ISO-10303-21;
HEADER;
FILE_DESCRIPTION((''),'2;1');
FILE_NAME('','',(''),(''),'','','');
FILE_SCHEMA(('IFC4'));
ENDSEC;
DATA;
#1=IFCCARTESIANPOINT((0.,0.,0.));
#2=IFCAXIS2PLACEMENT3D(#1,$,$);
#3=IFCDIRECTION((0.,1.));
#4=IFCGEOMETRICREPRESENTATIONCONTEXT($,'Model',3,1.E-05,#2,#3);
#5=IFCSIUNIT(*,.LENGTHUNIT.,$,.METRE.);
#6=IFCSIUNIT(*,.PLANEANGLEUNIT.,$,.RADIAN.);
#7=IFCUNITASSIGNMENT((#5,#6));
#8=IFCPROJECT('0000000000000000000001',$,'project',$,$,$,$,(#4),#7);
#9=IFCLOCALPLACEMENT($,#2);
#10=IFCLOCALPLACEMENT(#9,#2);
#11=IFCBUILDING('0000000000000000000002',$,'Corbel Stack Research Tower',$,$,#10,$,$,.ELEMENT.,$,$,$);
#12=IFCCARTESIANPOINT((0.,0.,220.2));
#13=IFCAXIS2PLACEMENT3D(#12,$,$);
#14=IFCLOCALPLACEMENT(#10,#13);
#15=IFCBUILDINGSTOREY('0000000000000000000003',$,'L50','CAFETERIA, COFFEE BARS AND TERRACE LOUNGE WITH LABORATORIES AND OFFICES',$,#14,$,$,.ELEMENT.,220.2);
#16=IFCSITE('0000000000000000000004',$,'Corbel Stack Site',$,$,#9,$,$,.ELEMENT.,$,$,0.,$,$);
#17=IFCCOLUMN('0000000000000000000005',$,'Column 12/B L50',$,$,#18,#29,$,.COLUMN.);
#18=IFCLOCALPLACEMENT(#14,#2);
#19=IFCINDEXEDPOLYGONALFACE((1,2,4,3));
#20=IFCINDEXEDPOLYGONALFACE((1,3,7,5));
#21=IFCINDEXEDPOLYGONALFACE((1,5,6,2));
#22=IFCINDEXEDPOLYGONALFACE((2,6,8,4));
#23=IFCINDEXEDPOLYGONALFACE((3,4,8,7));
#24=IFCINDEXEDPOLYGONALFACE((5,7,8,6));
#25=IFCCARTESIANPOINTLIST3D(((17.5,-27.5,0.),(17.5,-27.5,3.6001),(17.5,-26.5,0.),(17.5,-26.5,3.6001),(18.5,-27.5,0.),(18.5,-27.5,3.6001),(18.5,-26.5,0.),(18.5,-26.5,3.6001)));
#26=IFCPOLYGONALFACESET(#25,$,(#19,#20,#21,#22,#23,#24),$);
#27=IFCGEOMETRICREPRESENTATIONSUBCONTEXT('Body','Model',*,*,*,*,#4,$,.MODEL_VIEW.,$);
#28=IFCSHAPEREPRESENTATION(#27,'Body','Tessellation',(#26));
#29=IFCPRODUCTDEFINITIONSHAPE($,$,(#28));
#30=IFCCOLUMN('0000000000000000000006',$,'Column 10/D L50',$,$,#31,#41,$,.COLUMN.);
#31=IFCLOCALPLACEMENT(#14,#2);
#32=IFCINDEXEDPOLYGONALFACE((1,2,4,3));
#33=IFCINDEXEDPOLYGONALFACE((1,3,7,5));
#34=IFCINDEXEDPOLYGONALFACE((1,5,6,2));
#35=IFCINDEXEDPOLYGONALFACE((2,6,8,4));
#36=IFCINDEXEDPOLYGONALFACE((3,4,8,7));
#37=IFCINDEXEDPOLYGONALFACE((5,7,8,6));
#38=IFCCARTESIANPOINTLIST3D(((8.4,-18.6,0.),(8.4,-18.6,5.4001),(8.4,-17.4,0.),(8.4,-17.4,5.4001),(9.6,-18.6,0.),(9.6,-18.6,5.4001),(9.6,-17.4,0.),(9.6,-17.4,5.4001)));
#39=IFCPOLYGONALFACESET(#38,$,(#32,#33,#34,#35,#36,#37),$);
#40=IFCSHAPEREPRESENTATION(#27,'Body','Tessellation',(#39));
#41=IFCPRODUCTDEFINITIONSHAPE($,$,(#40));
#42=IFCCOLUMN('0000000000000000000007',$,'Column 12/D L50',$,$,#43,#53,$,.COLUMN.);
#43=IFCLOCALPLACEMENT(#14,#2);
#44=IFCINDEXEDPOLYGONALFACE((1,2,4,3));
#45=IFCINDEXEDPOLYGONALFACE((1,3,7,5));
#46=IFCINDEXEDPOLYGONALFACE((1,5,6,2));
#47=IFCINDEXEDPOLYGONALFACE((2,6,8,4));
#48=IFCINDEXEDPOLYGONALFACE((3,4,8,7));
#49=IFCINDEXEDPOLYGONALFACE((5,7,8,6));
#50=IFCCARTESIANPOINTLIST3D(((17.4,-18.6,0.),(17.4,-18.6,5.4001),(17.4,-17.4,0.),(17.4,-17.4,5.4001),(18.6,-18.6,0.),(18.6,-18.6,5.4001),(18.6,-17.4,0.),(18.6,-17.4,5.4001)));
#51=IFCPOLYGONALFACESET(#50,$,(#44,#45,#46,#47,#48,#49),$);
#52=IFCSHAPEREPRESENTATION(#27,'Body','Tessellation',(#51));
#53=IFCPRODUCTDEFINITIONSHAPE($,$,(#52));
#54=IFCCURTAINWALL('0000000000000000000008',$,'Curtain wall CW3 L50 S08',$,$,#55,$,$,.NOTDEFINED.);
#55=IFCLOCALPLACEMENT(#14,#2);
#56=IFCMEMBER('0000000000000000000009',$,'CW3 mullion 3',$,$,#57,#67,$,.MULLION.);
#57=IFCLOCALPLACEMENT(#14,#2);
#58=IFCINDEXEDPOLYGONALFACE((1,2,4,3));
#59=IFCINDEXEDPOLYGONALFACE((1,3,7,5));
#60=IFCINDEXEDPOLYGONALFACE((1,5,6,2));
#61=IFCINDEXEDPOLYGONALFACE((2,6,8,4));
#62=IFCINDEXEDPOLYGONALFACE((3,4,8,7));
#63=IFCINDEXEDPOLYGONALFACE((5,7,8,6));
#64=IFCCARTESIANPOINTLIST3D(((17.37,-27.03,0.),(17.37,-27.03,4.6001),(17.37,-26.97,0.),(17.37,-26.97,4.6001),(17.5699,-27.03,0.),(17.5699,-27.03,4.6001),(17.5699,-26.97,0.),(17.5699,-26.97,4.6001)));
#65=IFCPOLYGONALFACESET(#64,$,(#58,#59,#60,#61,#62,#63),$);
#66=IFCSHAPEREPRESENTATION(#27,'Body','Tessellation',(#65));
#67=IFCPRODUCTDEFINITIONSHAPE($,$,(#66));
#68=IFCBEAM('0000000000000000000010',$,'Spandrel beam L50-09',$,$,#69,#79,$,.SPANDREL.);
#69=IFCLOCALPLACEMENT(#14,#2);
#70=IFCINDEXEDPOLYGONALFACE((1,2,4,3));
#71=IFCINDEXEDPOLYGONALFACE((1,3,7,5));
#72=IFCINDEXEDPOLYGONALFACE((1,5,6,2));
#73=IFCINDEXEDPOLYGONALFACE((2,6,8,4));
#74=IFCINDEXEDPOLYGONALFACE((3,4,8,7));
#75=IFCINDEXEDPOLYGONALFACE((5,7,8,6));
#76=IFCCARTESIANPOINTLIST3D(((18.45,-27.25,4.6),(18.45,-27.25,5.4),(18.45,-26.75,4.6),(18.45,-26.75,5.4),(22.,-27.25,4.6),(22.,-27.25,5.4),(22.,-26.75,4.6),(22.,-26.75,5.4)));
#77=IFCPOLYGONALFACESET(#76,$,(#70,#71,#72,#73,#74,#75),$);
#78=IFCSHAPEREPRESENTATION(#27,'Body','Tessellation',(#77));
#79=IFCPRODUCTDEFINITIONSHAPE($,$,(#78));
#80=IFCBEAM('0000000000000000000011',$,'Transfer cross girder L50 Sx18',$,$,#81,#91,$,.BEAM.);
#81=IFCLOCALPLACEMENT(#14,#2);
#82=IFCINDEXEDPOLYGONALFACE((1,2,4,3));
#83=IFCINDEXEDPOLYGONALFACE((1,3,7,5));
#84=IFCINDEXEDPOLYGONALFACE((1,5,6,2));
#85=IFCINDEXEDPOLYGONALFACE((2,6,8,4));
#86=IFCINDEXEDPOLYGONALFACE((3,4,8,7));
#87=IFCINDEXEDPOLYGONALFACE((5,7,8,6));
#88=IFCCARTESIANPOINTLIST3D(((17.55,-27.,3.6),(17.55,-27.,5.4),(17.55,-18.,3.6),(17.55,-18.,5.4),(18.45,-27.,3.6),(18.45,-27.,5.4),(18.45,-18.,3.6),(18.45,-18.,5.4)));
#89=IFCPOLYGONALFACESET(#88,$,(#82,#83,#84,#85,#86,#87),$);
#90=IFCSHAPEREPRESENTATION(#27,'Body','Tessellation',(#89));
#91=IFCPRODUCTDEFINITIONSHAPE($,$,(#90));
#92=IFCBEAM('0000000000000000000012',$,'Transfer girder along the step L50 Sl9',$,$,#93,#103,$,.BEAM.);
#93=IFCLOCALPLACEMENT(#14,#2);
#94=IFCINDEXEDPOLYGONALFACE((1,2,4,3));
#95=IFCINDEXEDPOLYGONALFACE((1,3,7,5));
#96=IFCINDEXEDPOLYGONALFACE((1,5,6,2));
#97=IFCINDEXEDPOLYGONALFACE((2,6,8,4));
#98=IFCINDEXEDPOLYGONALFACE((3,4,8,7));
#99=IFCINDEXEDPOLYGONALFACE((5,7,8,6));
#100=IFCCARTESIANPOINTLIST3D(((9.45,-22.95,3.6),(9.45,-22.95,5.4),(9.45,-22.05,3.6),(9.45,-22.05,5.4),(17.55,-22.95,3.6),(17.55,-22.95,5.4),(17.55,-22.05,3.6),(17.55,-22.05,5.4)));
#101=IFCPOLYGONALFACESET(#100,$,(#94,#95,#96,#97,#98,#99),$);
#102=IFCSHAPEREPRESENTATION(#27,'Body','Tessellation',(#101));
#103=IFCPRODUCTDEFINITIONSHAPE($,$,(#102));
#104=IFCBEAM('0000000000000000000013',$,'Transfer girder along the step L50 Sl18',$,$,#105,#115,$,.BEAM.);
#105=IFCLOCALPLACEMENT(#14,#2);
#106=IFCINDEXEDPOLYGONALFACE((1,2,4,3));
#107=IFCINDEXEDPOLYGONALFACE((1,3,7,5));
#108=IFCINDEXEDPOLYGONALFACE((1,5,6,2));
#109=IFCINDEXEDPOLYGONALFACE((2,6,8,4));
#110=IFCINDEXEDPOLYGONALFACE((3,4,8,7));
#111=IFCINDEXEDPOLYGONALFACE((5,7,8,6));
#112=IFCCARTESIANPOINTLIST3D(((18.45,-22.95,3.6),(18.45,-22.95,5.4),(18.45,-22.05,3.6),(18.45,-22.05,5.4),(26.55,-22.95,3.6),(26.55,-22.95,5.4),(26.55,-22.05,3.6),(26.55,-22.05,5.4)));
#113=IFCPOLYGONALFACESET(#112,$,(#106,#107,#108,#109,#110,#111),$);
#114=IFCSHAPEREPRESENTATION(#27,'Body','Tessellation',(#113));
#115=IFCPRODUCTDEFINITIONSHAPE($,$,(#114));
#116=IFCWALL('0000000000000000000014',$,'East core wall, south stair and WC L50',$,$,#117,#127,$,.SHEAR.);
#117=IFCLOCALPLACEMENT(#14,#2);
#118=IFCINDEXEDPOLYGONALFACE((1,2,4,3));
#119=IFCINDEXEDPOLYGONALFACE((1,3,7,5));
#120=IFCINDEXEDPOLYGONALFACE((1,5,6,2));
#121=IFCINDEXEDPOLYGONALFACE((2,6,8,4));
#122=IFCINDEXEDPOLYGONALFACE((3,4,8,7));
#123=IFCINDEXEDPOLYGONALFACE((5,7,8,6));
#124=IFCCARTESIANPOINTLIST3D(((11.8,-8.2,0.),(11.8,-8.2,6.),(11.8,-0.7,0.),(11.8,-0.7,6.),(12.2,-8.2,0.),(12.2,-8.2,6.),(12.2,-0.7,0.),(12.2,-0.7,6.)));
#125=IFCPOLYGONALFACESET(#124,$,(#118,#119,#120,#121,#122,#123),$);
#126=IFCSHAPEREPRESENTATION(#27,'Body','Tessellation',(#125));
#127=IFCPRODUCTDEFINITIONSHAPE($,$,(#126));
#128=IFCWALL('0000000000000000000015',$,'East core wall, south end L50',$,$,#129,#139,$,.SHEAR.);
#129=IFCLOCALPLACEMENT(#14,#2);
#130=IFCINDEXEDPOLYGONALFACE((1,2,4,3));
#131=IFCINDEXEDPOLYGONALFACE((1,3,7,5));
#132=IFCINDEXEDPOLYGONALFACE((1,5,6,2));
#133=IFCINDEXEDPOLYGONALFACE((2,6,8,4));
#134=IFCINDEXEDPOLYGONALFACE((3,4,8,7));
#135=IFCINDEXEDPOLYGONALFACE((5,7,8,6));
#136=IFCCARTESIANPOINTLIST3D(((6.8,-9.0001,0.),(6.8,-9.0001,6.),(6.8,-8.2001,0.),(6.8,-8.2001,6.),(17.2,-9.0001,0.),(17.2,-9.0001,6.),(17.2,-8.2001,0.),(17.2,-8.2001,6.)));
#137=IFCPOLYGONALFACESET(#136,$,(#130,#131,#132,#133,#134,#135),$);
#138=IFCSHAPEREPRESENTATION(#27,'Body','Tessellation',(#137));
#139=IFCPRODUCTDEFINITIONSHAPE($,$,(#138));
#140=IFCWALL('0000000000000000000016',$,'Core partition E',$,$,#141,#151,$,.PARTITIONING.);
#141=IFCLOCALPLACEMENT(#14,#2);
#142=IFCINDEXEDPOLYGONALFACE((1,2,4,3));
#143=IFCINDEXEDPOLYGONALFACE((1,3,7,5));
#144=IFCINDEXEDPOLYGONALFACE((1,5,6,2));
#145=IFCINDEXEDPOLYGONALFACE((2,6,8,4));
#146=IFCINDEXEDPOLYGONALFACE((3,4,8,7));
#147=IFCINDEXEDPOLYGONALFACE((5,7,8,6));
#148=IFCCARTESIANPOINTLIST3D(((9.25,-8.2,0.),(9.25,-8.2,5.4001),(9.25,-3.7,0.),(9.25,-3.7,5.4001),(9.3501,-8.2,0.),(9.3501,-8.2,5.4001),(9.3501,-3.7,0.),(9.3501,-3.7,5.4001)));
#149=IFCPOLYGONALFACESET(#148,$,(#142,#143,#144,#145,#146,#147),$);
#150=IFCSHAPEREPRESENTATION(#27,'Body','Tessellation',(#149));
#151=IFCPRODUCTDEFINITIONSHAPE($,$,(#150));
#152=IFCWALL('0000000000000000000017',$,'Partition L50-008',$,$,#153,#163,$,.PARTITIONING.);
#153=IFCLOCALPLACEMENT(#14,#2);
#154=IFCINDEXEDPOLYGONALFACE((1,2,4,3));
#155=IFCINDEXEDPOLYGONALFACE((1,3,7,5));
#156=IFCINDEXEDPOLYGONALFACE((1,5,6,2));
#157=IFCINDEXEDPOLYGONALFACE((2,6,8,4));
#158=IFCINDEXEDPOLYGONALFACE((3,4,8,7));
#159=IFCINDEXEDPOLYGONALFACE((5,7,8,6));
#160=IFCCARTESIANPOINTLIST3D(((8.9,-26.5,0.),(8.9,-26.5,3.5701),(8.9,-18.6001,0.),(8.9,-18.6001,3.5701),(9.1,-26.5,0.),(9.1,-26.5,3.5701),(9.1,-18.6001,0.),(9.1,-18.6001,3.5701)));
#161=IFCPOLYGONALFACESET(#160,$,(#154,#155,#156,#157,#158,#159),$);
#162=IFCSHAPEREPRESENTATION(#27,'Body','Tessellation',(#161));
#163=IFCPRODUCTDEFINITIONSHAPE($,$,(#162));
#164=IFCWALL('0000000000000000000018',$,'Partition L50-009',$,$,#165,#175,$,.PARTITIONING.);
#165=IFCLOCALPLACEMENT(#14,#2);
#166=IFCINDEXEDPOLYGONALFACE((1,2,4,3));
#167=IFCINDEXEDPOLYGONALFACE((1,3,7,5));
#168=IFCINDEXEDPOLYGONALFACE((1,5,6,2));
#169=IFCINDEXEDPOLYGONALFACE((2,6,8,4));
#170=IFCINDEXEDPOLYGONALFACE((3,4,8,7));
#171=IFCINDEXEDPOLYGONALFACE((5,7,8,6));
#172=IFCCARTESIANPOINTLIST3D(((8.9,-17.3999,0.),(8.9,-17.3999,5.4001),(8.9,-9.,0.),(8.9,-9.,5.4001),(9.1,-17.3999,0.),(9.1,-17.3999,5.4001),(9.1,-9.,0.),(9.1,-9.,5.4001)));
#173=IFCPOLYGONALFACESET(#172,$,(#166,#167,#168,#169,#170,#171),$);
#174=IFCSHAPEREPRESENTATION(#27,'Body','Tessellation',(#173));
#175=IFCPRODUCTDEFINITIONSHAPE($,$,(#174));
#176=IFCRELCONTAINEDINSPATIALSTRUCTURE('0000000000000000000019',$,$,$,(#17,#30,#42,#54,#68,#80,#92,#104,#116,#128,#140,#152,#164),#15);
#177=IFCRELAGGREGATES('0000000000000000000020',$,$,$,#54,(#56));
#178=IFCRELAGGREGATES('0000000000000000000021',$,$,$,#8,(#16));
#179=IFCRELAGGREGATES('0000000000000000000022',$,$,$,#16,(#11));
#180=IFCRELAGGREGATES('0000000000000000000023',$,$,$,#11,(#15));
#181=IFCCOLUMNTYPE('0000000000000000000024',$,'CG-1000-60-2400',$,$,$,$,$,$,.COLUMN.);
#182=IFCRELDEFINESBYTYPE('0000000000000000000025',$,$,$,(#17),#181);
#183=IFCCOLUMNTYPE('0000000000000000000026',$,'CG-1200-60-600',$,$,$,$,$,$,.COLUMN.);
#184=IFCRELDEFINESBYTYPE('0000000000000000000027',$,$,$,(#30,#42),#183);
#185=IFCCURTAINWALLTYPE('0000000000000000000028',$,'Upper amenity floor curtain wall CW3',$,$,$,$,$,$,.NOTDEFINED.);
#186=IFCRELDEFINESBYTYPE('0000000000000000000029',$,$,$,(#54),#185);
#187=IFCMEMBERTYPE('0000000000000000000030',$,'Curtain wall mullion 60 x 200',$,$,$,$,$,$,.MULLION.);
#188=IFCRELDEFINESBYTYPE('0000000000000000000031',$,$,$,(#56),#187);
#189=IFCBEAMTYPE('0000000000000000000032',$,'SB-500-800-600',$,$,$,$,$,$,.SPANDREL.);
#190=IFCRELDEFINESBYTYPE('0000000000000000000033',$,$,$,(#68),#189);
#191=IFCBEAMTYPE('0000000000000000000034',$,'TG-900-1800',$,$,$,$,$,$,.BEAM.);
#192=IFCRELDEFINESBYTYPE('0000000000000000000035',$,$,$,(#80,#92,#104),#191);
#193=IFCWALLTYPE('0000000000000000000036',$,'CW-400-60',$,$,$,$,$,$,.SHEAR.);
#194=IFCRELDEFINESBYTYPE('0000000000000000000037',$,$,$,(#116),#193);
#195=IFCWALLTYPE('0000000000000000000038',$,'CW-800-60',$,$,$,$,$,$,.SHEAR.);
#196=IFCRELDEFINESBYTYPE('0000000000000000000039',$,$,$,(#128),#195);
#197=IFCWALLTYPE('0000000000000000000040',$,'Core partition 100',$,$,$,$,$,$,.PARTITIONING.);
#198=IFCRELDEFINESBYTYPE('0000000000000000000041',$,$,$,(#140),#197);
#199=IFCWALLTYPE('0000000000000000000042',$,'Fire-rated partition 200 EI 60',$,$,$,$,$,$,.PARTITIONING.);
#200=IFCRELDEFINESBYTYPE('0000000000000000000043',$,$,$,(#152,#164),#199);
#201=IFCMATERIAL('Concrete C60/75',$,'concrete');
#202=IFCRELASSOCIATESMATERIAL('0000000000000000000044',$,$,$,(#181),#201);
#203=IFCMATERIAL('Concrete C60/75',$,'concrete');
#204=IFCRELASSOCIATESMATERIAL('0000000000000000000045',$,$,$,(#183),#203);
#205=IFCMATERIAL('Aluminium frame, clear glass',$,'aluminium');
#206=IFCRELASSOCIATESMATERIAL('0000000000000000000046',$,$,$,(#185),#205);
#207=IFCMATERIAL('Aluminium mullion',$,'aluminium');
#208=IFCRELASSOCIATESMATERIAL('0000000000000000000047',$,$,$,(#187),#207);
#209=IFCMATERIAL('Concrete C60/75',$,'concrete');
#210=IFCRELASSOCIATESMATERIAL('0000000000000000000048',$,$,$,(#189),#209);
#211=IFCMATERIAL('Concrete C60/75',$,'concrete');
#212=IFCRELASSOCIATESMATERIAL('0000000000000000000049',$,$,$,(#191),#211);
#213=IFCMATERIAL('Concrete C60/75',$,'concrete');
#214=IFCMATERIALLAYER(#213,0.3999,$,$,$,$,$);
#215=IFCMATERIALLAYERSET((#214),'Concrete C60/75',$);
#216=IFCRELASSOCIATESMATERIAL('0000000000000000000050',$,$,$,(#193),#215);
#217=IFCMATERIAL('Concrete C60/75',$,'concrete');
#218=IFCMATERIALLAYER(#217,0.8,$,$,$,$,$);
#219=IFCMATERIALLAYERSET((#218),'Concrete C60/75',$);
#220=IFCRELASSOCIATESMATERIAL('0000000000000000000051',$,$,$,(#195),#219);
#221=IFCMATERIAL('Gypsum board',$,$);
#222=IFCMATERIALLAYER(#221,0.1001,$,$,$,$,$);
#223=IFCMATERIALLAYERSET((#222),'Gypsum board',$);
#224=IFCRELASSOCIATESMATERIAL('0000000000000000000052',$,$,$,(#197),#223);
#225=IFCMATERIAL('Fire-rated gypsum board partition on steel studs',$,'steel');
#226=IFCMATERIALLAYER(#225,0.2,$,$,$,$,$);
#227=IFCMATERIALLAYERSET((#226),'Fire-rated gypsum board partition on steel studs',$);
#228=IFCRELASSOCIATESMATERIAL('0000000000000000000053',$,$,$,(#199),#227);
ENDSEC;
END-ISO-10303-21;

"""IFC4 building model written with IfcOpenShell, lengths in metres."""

from ifc_helpers import new_model, si_unit, direction, frame, frame_2d, origin, origin_2d, place, context, subcontext, project, spatial, rectangle, extrude, material, layer, layer_set, material_profile, profile_set, type_object, element, aggregate, save


model = new_model("IFC4")

# Units and contexts
model_context = context("Model", 3, precision=1e-05, world=origin(), true_north=direction((0.0, 1.0)))
body_context = subcontext(model_context, "Body", "Model", "MODEL_VIEW")
ifc_project = project(units=[si_unit("LENGTHUNIT", "METRE"), si_unit("PLANEANGLEUNIT", "RADIAN")], contexts=[model_context])

# Site, building, storey
site_placement = place(None, origin())
site = spatial("IfcSite", under=ifc_project, at=site_placement, Name="Corbel Stack Site", CompositionType="ELEMENT", RefElevation=0.0)
building_placement = place(site_placement, origin())
building = spatial("IfcBuilding", under=site, at=building_placement, Name="Corbel Stack Research Tower", CompositionType="ELEMENT")
storey_placement = place(building_placement, frame((0.0, 0.0, 220.2)))
storey = spatial("IfcBuildingStorey", under=building, at=storey_placement, Name="L50", Description="CAFETERIA, COFFEE BARS AND TERRACE LOUNGE WITH LABORATORIES AND OFFICES", CompositionType="ELEMENT", Elevation=220.2)

# Columns
ifc_material_1 = material(Name="Concrete C60/75", Category="concrete")
ifc_material_profile_1 = material_profile(ifc_material_1, rectangle(XDim=1.0, YDim=1.0, at=origin_2d()), Name="RC 1000 x 1000")
ifc_profile_set_1 = profile_set([ifc_material_profile_1], Name="Concrete C60/75")
column_type_1 = type_object("IfcColumnType", Name="CG-1000-60-2400", PredefinedType="COLUMN", material=ifc_profile_set_1)
column_placement = place(storey_placement, frame((18.0, -27.0, 0.0), z_axis=(0.0, 0.0, 1.0), x_axis=(1.0, 0.0, 0.0)))
element("IfcColumn", 1, at=column_placement, inside=storey, type_object=column_type_1, Name="Column 12/B L50", PredefinedType="COLUMN", context=body_context, shape_type="SweptSolid", body=[
    extrude(rectangle(XDim=1.0, YDim=1.0, at=origin_2d()), origin(), (0.0, 0.0, 1.0), 3.6001),
])
ifc_material_2 = material(Name="Concrete C60/75", Category="concrete")
ifc_material_profile_2 = material_profile(ifc_material_2, rectangle(XDim=1.2, YDim=1.2, at=origin_2d()), Name="RC 1200 x 1200")
ifc_profile_set_2 = profile_set([ifc_material_profile_2], Name="Concrete C60/75")
column_type_2 = type_object("IfcColumnType", Name="CG-1200-60-600", PredefinedType="COLUMN", material=ifc_profile_set_2)
for number, where, z_axis, x_axis, name in (
    (2, (9.0, -18.0, 0.0), (0.0, 0.0, 1.0), (1.0, 0.0, 0.0), "Column 10/D L50"),
    (3, (18.0, -18.0, 0.0), (0.0, 0.0, 1.0), (1.0, 0.0, 0.0), "Column 12/D L50"),
):
    element("IfcColumn", number, at=place(storey_placement, frame(where, z_axis=z_axis, x_axis=x_axis)), inside=storey, type_object=column_type_2, Name=name, PredefinedType="COLUMN", context=body_context, shape_type="SweptSolid", body=[
        extrude(rectangle(XDim=1.2, YDim=1.2, at=origin_2d()), origin(), (0.0, 0.0, 1.0), 5.4001),
    ])

# Curtain wall, member
ifc_material_3 = material(Name="Aluminium frame, clear glass", Category="aluminium")
curtain_wall_type = type_object("IfcCurtainWallType", Name="Upper amenity floor curtain wall CW3", PredefinedType="NOTDEFINED", material=ifc_material_3)
curtain_wall_placement = place(storey_placement, origin())
curtain_wall = element("IfcCurtainWall", 4, at=curtain_wall_placement, inside=storey, type_object=curtain_wall_type, Name="Curtain wall CW3 L50 S08", PredefinedType="NOTDEFINED")
ifc_material_4 = material(Name="Aluminium mullion", Category="aluminium")
ifc_material_profile_3 = material_profile(ifc_material_4, rectangle(XDim=0.0601, YDim=0.2, at=origin_2d()), Name="Mullion 60 x 200")
ifc_profile_set_3 = profile_set([ifc_material_profile_3], Name="Aluminium mullion")
member_type = type_object("IfcMemberType", Name="Curtain wall mullion 60 x 200", PredefinedType="MULLION", material=ifc_profile_set_3)
member_placement = place(storey_placement, frame((17.47, -27.0, 0.0), z_axis=(0.0, 0.0, 1.0), x_axis=(0.0, 1.0, 0.0)))
member = element("IfcMember", 5, at=member_placement, type_object=member_type, Name="CW3 mullion 3", PredefinedType="MULLION", context=body_context, shape_type="SweptSolid", body=[
    extrude(rectangle(XDim=0.0601, YDim=0.2, at=origin_2d()), origin(), (0.0, 0.0, 1.0), 4.6001),
])
aggregate(curtain_wall, [member])

# Beams
ifc_material_5 = material(Name="Concrete C60/75", Category="concrete")
ifc_material_profile_4 = material_profile(ifc_material_5, rectangle(XDim=0.5, YDim=0.8, at=origin_2d()), Name="RC 500 x 800")
ifc_profile_set_4 = profile_set([ifc_material_profile_4], Name="Concrete C60/75")
beam_type_1 = type_object("IfcBeamType", Name="SB-500-800-600", PredefinedType="SPANDREL", material=ifc_profile_set_4)
beam_1_placement = place(storey_placement, frame((18.45, -27.0, 5.0), z_axis=(1.0, 0.0, 0.0), x_axis=(0.0, 1.0, 0.0)))
element("IfcBeam", 6, at=beam_1_placement, inside=storey, type_object=beam_type_1, Name="Spandrel beam L50-09", PredefinedType="SPANDREL", context=body_context, shape_type="SweptSolid", body=[
    extrude(rectangle(XDim=0.5, YDim=0.8, at=origin_2d()), origin(), (0.0, 0.0, 1.0), 3.55),
])
ifc_material_6 = material(Name="Concrete C60/75", Category="concrete")
ifc_material_profile_5 = material_profile(ifc_material_6, rectangle(XDim=0.8999, YDim=1.8, at=origin_2d()), Name="RC 900 x 1800")
ifc_profile_set_5 = profile_set([ifc_material_profile_5], Name="Concrete C60/75")
beam_type_2 = type_object("IfcBeamType", Name="TG-900-1800", PredefinedType="BEAM", material=ifc_profile_set_5)
beam_2_placement = place(storey_placement, frame((18.0, -27.0, 4.5), z_axis=(0.0, 1.0, 0.0), x_axis=(-1.0, 0.0, 0.0)))
element("IfcBeam", 7, at=beam_2_placement, inside=storey, type_object=beam_type_2, Name="Transfer cross girder L50 Sx18", PredefinedType="BEAM", context=body_context, shape_type="SweptSolid", body=[
    extrude(rectangle(XDim=0.8999, YDim=1.8, at=origin_2d()), origin(), (0.0, 0.0, 1.0), 9.0),
])
for number, where, z_axis, x_axis, name in (
    (8, (9.45, -22.5, 4.5), (1.0, 0.0, 0.0), (0.0, 1.0, 0.0), "Transfer girder along the step L50 Sl9"),
    (9, (18.45, -22.5, 4.5), (1.0, 0.0, 0.0), (0.0, 1.0, 0.0), "Transfer girder along the step L50 Sl18"),
):
    element("IfcBeam", number, at=place(storey_placement, frame(where, z_axis=z_axis, x_axis=x_axis)), inside=storey, type_object=beam_type_2, Name=name, PredefinedType="BEAM", context=body_context, shape_type="SweptSolid", body=[
        extrude(rectangle(XDim=0.8999, YDim=1.8, at=origin_2d()), origin(), (0.0, 0.0, 1.0), 8.1001),
    ])

# Wall
ifc_material_7 = material(Name="Concrete C60/75", Category="concrete")
ifc_layer_1 = layer(ifc_material_7, 0.3999)
ifc_layer_set_1 = layer_set([ifc_layer_1], Name="Concrete C60/75")
wall_type_1 = type_object("IfcWallType", Name="CW-400-60", PredefinedType="SHEAR", material=ifc_layer_set_1)
wall_1_placement = place(storey_placement, frame((12.0, -8.2, 0.0), z_axis=(0.0, 0.0, 1.0), x_axis=(0.0, 1.0, 0.0)))
element("IfcWall", 10, at=wall_1_placement, inside=storey, type_object=wall_type_1, Name="East core wall, south stair and WC L50", PredefinedType="SHEAR", context=body_context, shape_type="SweptSolid", body=[
    extrude(rectangle(XDim=7.5, YDim=0.3999, at=frame_2d((3.75, 0.0))), origin(), (0.0, 0.0, 1.0), 6.0),
])

# Shared definitions
ifc_material_8 = material(Name="Concrete C60/75", Category="concrete")
ifc_layer_2 = layer(ifc_material_8, 0.8)
ifc_layer_set_2 = layer_set([ifc_layer_2], Name="Concrete C60/75")
wall_type_2 = type_object("IfcWallType", Name="CW-800-60", PredefinedType="SHEAR", material=ifc_layer_set_2)

# Walls
wall_2_placement = place(storey_placement, frame((6.8, -8.6001, 0.0), z_axis=(0.0, 0.0, 1.0), x_axis=(1.0, 0.0, 0.0)))
element("IfcWall", 11, at=wall_2_placement, inside=storey, type_object=wall_type_2, Name="East core wall, south end L50", PredefinedType="SHEAR", context=body_context, shape_type="SweptSolid", body=[
    extrude(rectangle(XDim=10.3999, YDim=0.8, at=frame_2d((5.2, 0.0))), origin(), (0.0, 0.0, 1.0), 6.0),
])
ifc_material_9 = material(Name="Gypsum board")
ifc_layer_3 = layer(ifc_material_9, 0.1001)
ifc_layer_set_3 = layer_set([ifc_layer_3], Name="Gypsum board")
wall_type_3 = type_object("IfcWallType", Name="Core partition 100", PredefinedType="PARTITIONING", material=ifc_layer_set_3)
wall_3_placement = place(storey_placement, frame((9.3, -8.2, 0.0), z_axis=(0.0, 0.0, 1.0), x_axis=(0.0, 1.0, 0.0)))
element("IfcWall", 12, at=wall_3_placement, inside=storey, type_object=wall_type_3, Name="Core partition E", PredefinedType="PARTITIONING", context=body_context, shape_type="SweptSolid", body=[
    extrude(rectangle(XDim=4.5, YDim=0.1001, at=frame_2d((2.25, 0.0))), origin(), (0.0, 0.0, 1.0), 5.4001),
])
ifc_material_10 = material(Name="Fire-rated gypsum board partition on steel studs", Category="steel")
ifc_layer_4 = layer(ifc_material_10, 0.2)
ifc_layer_set_4 = layer_set([ifc_layer_4], Name="Fire-rated gypsum board partition on steel studs")
wall_type_4 = type_object("IfcWallType", Name="Fire-rated partition 200 EI 60", PredefinedType="PARTITIONING", material=ifc_layer_set_4)
wall_4_placement = place(storey_placement, frame((9.0, -26.5, 0.0), z_axis=(0.0, 0.0, 1.0), x_axis=(0.0, 1.0, 0.0)))
element("IfcWall", 13, at=wall_4_placement, inside=storey, type_object=wall_type_4, Name="Partition L50-008", PredefinedType="PARTITIONING", context=body_context, shape_type="SweptSolid", body=[
    extrude(rectangle(XDim=7.8999, YDim=0.2, at=frame_2d((3.95, 0.0))), origin(), (0.0, 0.0, 1.0), 3.5701),
])
wall_5_placement = place(storey_placement, frame((9.0, -17.3999, 0.0), z_axis=(0.0, 0.0, 1.0), x_axis=(0.0, 1.0, 0.0)))
element("IfcWall", 14, at=wall_5_placement, inside=storey, type_object=wall_type_4, Name="Partition L50-009", PredefinedType="PARTITIONING", context=body_context, shape_type="SweptSolid", body=[
    extrude(rectangle(XDim=8.3999, YDim=0.2, at=frame_2d((4.2, 0.0))), origin(), (0.0, 0.0, 1.0), 5.4001),
])

save(model, "model.ifc")
